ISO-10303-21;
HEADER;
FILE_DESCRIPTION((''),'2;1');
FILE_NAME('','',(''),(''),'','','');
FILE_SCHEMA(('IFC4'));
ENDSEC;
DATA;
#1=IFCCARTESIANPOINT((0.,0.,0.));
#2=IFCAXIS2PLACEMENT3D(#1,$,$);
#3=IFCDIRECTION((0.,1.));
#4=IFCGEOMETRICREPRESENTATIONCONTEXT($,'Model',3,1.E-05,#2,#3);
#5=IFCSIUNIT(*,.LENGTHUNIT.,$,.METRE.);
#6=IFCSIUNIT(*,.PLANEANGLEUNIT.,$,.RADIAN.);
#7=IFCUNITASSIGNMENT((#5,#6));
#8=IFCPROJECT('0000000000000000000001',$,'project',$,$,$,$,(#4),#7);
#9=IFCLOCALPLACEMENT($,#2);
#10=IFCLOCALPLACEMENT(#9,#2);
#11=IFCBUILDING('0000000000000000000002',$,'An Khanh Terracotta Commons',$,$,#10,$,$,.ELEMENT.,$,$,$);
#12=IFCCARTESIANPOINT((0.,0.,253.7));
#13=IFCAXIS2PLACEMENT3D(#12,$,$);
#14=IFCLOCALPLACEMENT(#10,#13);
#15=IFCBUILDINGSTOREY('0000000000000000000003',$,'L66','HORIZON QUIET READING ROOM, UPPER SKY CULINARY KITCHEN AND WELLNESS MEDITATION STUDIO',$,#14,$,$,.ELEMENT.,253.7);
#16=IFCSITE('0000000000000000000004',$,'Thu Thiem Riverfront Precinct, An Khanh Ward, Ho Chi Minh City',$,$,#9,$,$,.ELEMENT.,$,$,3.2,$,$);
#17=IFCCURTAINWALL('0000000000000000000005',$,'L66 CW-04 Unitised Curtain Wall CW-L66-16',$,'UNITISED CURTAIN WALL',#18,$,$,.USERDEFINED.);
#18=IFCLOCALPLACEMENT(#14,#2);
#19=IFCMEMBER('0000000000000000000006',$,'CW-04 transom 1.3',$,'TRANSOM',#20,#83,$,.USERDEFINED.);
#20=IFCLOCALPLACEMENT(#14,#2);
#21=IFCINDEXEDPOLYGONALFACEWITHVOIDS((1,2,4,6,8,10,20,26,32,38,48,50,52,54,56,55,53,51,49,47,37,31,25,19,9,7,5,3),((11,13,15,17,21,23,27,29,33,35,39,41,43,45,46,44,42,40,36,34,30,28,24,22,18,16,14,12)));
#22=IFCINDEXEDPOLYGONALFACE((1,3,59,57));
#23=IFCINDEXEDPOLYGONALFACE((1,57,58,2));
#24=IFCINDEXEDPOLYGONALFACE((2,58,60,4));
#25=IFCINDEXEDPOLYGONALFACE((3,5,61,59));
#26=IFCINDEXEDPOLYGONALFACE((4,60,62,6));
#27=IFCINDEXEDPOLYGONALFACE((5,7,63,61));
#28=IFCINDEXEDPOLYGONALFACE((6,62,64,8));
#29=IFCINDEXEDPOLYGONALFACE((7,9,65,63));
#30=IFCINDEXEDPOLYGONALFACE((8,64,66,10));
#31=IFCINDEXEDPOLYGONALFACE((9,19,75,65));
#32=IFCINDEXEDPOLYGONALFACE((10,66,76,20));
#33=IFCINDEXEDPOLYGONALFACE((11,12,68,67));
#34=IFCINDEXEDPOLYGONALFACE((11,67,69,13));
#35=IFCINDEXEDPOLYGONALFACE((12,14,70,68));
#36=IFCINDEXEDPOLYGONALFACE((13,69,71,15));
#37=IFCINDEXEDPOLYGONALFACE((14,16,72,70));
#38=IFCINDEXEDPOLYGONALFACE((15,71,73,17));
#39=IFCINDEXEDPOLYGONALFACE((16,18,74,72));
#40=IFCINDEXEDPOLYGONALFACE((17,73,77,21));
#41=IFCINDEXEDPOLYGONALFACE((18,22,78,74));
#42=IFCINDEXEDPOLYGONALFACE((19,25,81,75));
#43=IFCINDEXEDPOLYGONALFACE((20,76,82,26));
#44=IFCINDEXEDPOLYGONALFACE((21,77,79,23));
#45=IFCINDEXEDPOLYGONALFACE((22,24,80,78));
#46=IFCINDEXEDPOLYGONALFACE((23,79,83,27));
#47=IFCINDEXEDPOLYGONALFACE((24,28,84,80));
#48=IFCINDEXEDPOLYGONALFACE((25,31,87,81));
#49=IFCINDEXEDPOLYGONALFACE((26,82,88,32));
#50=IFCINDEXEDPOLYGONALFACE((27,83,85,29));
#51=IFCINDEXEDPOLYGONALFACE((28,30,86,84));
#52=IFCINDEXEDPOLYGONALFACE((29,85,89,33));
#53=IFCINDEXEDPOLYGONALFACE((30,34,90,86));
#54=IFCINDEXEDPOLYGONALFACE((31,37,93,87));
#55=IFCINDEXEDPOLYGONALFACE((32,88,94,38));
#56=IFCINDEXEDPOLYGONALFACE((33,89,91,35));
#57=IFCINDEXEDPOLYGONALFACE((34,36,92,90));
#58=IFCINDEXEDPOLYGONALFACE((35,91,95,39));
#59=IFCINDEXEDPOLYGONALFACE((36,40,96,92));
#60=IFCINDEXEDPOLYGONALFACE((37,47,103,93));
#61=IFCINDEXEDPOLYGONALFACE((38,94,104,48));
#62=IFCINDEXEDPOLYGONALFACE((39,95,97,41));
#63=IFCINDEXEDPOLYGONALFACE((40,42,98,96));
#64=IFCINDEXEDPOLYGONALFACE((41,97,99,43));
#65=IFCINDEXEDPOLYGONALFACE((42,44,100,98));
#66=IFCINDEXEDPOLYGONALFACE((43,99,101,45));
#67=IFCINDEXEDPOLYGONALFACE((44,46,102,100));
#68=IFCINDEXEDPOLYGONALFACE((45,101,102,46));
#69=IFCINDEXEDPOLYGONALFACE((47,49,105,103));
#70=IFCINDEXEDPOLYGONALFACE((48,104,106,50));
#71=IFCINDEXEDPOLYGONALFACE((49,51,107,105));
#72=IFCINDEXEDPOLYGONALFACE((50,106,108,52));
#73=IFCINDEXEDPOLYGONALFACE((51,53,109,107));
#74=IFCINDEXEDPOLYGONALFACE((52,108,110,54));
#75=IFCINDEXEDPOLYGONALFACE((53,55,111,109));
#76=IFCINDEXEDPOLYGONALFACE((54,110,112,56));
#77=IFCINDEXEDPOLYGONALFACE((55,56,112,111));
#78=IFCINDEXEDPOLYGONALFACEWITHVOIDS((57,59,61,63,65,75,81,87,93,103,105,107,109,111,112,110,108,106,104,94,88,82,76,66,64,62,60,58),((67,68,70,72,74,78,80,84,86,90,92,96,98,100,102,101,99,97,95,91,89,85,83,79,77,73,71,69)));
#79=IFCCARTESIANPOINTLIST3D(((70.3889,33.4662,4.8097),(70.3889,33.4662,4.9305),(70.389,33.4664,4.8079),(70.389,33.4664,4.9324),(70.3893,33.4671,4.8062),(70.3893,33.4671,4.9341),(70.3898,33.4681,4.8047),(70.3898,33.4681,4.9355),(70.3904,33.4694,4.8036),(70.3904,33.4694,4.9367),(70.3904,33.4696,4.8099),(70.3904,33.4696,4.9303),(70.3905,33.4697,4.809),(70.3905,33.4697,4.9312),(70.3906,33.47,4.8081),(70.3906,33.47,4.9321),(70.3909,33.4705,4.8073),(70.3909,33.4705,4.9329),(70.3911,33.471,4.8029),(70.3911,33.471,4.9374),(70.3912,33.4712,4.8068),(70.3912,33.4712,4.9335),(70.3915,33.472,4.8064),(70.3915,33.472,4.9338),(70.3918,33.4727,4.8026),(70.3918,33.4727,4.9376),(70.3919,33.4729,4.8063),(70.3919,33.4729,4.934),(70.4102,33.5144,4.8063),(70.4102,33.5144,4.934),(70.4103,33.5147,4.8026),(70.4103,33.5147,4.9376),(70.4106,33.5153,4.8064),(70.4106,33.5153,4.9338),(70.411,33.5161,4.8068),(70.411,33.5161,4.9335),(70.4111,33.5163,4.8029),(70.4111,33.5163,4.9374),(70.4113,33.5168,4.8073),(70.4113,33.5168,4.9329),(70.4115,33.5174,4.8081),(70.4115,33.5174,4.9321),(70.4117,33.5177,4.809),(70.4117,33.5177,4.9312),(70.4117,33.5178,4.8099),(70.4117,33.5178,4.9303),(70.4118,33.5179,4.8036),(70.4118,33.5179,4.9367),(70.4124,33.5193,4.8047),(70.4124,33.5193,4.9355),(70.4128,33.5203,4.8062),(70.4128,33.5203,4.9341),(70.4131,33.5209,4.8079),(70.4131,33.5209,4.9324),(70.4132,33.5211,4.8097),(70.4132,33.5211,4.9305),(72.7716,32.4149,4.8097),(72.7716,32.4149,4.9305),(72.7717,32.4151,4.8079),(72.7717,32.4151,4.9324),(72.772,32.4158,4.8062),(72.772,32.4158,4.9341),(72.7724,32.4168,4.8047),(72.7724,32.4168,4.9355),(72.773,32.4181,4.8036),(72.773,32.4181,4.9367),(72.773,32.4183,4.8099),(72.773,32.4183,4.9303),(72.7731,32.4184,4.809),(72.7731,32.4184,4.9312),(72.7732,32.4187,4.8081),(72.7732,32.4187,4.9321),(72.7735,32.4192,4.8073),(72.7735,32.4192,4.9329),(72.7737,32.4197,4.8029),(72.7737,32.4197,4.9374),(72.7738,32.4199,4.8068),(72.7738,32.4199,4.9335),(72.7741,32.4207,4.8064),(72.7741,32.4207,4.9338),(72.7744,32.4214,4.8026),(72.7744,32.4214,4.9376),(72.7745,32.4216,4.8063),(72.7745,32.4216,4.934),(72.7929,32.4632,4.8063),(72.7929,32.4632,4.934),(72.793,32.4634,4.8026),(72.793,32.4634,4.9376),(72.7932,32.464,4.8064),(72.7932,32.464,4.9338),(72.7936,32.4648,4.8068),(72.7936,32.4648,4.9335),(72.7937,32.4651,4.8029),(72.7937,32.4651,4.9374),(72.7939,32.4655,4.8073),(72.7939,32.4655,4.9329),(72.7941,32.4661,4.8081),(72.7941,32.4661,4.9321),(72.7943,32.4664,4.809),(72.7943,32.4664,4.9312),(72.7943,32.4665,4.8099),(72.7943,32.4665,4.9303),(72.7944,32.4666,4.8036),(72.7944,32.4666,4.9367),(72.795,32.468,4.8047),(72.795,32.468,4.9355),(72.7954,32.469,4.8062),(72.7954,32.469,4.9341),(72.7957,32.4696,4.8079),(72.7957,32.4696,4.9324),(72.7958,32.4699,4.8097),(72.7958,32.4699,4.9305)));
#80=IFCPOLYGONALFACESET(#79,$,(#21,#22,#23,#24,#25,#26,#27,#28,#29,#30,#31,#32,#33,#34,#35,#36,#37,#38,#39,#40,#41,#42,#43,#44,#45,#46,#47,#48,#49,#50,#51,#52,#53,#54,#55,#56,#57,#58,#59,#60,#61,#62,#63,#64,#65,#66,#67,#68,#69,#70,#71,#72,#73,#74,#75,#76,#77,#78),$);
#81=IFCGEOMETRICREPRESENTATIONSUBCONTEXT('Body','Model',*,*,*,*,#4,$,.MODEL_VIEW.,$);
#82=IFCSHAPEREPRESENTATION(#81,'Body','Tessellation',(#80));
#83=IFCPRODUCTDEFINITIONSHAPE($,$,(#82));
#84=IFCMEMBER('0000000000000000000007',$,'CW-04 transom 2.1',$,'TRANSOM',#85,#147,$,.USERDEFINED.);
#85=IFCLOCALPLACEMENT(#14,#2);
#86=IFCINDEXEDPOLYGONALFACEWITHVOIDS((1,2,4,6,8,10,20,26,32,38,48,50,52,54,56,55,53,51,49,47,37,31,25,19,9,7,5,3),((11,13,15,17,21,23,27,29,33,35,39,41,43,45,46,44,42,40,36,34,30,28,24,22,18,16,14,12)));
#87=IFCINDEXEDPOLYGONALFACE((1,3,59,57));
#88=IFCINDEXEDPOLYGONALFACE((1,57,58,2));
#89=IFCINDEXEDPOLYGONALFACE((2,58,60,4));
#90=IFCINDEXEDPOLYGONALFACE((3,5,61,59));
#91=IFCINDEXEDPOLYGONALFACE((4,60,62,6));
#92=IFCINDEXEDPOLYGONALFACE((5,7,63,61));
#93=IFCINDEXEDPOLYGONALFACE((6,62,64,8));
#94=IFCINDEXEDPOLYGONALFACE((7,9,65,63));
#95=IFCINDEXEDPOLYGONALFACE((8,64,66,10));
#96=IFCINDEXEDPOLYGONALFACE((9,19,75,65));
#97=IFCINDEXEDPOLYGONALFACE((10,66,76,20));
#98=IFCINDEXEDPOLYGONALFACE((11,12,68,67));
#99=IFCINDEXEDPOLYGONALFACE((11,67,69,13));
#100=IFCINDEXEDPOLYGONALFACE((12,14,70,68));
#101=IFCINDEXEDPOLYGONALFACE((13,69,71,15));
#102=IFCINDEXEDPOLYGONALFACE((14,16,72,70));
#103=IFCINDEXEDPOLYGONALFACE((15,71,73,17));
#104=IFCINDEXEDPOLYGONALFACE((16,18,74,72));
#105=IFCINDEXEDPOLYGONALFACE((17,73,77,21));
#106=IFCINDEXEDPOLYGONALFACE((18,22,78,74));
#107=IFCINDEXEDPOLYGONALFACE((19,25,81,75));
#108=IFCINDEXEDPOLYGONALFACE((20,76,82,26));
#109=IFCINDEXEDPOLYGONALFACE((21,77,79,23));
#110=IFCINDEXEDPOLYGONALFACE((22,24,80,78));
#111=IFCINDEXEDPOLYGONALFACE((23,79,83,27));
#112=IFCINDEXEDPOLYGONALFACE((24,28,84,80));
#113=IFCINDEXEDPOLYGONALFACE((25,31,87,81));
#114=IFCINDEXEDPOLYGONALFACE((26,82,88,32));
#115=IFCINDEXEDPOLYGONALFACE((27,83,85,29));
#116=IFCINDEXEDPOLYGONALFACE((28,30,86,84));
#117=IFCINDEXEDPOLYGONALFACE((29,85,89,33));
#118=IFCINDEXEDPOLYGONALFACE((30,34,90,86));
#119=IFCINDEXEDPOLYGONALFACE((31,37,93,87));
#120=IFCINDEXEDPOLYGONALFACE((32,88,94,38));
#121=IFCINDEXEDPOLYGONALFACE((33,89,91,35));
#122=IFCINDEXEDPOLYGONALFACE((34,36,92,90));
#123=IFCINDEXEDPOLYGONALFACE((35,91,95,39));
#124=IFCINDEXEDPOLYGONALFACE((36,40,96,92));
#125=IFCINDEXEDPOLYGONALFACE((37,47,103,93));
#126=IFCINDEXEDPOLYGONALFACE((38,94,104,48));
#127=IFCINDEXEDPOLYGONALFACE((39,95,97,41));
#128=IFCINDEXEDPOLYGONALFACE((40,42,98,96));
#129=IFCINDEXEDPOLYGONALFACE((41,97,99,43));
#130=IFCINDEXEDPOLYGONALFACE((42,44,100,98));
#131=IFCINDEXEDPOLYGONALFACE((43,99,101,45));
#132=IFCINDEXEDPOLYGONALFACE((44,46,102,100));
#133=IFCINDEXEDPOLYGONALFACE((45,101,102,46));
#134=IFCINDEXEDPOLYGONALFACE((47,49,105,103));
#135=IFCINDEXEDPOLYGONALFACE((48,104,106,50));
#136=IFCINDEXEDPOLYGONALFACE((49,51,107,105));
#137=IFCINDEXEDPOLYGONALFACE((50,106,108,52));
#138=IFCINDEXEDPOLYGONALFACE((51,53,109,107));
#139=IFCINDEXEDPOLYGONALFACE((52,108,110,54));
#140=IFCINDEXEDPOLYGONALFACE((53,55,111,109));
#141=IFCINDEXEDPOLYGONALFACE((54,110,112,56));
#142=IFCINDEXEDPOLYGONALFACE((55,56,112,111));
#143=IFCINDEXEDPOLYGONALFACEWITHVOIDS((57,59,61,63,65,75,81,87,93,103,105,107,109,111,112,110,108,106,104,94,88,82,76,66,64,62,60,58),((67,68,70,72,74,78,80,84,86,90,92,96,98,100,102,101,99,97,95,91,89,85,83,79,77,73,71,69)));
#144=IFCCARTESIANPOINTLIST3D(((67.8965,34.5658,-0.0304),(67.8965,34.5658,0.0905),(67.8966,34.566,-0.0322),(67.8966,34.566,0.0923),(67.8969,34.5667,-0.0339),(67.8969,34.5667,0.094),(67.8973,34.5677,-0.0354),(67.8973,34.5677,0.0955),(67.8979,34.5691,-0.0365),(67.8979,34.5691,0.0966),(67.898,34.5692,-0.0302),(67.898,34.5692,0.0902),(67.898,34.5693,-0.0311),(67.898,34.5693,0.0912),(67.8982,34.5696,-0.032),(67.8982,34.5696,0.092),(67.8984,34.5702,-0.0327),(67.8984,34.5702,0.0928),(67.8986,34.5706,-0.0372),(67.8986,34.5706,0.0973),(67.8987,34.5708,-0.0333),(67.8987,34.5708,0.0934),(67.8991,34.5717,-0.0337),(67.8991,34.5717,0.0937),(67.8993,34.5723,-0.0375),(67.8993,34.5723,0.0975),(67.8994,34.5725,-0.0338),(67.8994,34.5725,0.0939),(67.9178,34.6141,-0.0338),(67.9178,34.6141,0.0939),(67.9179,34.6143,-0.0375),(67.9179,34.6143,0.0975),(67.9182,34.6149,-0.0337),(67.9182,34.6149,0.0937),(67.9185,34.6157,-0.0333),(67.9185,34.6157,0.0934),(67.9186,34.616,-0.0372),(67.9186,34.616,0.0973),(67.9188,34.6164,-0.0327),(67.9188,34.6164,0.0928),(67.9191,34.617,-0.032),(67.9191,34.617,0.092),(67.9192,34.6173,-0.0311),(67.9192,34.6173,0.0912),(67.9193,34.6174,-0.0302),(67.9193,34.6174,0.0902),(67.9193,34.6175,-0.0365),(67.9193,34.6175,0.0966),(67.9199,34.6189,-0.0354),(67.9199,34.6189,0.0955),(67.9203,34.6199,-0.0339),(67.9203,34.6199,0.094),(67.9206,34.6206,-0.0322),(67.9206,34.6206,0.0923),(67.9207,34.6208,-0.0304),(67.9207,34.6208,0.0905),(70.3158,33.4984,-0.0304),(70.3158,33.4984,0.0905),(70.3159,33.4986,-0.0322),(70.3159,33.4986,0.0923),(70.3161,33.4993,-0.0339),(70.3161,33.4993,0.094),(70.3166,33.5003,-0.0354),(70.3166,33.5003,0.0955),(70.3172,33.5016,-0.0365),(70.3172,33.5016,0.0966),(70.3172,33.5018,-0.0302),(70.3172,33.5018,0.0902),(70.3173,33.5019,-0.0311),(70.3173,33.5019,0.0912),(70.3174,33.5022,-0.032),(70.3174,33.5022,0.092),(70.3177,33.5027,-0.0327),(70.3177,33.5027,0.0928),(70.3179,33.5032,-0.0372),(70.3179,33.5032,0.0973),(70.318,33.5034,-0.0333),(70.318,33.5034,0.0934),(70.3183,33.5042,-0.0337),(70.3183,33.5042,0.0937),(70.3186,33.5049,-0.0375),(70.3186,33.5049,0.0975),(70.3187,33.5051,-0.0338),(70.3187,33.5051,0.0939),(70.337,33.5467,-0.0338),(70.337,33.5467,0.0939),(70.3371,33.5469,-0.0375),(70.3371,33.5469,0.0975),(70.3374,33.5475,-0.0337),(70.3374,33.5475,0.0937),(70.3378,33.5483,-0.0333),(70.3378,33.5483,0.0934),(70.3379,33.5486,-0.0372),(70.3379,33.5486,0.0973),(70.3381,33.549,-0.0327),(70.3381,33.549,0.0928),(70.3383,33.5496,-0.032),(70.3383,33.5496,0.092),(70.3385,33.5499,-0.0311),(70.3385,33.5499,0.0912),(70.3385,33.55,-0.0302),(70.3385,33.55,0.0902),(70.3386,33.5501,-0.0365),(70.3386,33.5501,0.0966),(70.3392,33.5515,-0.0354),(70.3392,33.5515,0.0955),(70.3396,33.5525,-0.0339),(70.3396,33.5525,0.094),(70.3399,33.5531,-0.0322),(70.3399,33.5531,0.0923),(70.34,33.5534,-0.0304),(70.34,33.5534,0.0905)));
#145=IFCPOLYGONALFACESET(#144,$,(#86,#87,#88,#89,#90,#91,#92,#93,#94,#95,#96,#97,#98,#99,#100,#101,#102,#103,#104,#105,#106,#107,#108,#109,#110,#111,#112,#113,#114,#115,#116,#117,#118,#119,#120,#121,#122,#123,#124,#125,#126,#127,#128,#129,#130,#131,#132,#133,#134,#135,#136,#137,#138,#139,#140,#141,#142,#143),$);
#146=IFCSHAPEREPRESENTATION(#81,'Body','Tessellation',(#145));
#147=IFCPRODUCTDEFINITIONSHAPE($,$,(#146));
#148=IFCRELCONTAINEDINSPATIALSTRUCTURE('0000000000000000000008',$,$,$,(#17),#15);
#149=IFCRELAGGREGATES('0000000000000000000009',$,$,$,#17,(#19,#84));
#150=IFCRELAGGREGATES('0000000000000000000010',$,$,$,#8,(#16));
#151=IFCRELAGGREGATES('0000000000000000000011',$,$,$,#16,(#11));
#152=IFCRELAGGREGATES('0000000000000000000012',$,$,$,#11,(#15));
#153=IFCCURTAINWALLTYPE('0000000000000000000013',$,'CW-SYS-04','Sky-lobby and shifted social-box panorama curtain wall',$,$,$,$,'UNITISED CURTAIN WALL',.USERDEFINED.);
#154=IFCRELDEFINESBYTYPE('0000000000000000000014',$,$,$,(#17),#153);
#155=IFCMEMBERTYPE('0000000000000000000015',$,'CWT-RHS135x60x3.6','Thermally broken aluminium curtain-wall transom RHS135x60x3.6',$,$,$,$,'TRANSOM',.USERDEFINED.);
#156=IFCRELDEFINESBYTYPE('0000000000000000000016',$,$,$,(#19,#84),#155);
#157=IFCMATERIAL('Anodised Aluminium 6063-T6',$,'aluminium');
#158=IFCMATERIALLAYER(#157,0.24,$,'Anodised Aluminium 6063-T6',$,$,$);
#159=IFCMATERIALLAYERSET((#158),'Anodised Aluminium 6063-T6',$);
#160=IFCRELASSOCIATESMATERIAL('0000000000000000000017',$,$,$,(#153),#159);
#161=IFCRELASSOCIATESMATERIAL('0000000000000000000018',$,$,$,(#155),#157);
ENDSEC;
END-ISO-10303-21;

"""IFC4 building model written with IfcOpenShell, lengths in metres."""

from ifc_helpers import new_model, si_unit, direction, frame, origin, origin_2d, place, context, subcontext, project, spatial, hollow_rectangle, extrude, material, layer, layer_set, material_profile, profile_set, type_object, element, aggregate, save


model = new_model("IFC4")

# Units and contexts
model_context = context("Model", 3, precision=1e-05, world=origin(), true_north=direction((0.0, 1.0)))
body_context = subcontext(model_context, "Body", "Model", "MODEL_VIEW")
ifc_project = project(units=[si_unit("LENGTHUNIT", "METRE"), si_unit("PLANEANGLEUNIT", "RADIAN")], contexts=[model_context])

# Site, building, storey
site_placement = place(None, origin())
site = spatial("IfcSite", under=ifc_project, at=site_placement, Name="Thu Thiem Riverfront Precinct, An Khanh Ward, Ho Chi Minh City", CompositionType="ELEMENT", RefElevation=3.2)
building_placement = place(site_placement, origin())
building = spatial("IfcBuilding", under=site, at=building_placement, Name="An Khanh Terracotta Commons", CompositionType="ELEMENT")
storey_placement = place(building_placement, frame((0.0, 0.0, 253.7)))
storey = spatial("IfcBuildingStorey", under=building, at=storey_placement, Name="L66", Description="HORIZON QUIET READING ROOM, UPPER SKY CULINARY KITCHEN AND WELLNESS MEDITATION STUDIO", CompositionType="ELEMENT", Elevation=253.7)

# Curtain wall
ifc_material_1 = material(Name="Anodised Aluminium 6063-T6", Category="aluminium")
ifc_layer_1 = layer(ifc_material_1, 0.24, Name="Anodised Aluminium 6063-T6")
ifc_layer_set_1 = layer_set([ifc_layer_1], Name="Anodised Aluminium 6063-T6")
curtain_wall_type = type_object("IfcCurtainWallType", Name="CW-SYS-04", Description="Sky-lobby and shifted social-box panorama curtain wall", ElementType="UNITISED CURTAIN WALL", PredefinedType="USERDEFINED", material=ifc_layer_set_1)
curtain_wall_1_placement = place(storey_placement, origin())
curtain_wall_1 = element("IfcCurtainWall", 1, at=curtain_wall_1_placement, inside=storey, type_object=curtain_wall_type, Name="L66 CW-04 Unitised Curtain Wall CW-L66-16", ObjectType="UNITISED CURTAIN WALL", PredefinedType="USERDEFINED")

# Members
ifc_material_profile_1 = material_profile(ifc_material_1, hollow_rectangle(XDim=0.0601, YDim=0.135, WallThickness=0.0037, InnerFilletRadius=0.0037, OuterFilletRadius=0.0071, at=origin_2d()), Name="RHS135x60x3.6")
ifc_profile_set_1 = profile_set([ifc_material_profile_1], Name="Anodised Aluminium 6063-T6")
member_type_1 = type_object("IfcMemberType", Name="CWT-RHS135x60x3.6", Description="Thermally broken aluminium curtain-wall transom RHS135x60x3.6", ElementType="TRANSOM", PredefinedType="USERDEFINED", material=ifc_profile_set_1)
member_1_placement = place(storey_placement, frame((72.7837, 32.4424, 4.8701), z_axis=(-0.914898, 0.403684, 0.0), x_axis=(-0.403684, -0.914898, 0.0)))
member_1 = element("IfcMember", 2, at=member_1_placement, type_object=member_type_1, Name="CW-04 transom 1.3", ObjectType="TRANSOM", PredefinedType="USERDEFINED", context=body_context, shape_type="SweptSolid", body=[
    extrude(hollow_rectangle(XDim=0.0601, YDim=0.135, WallThickness=0.0037, InnerFilletRadius=0.0037, OuterFilletRadius=0.0071, at=origin_2d()), origin(), (0.0, 0.0, 1.0), 2.6042),
])
member_2_placement = place(storey_placement, frame((70.3279, 33.5259, 0.03), z_axis=(-0.914905, 0.40367, 0.0), x_axis=(-0.40367, -0.914905, 0.0)))
member_2 = element("IfcMember", 3, at=member_2_placement, type_object=member_type_1, Name="CW-04 transom 2.1", ObjectType="TRANSOM", PredefinedType="USERDEFINED", context=body_context, shape_type="SweptSolid", body=[
    extrude(hollow_rectangle(XDim=0.0601, YDim=0.135, WallThickness=0.0037, InnerFilletRadius=0.0037, OuterFilletRadius=0.0071, at=origin_2d()), origin(), (0.0, 0.0, 1.0), 2.6443),
])

aggregate(curtain_wall_1, [member_1, member_2])

save(model, "model.ifc")
